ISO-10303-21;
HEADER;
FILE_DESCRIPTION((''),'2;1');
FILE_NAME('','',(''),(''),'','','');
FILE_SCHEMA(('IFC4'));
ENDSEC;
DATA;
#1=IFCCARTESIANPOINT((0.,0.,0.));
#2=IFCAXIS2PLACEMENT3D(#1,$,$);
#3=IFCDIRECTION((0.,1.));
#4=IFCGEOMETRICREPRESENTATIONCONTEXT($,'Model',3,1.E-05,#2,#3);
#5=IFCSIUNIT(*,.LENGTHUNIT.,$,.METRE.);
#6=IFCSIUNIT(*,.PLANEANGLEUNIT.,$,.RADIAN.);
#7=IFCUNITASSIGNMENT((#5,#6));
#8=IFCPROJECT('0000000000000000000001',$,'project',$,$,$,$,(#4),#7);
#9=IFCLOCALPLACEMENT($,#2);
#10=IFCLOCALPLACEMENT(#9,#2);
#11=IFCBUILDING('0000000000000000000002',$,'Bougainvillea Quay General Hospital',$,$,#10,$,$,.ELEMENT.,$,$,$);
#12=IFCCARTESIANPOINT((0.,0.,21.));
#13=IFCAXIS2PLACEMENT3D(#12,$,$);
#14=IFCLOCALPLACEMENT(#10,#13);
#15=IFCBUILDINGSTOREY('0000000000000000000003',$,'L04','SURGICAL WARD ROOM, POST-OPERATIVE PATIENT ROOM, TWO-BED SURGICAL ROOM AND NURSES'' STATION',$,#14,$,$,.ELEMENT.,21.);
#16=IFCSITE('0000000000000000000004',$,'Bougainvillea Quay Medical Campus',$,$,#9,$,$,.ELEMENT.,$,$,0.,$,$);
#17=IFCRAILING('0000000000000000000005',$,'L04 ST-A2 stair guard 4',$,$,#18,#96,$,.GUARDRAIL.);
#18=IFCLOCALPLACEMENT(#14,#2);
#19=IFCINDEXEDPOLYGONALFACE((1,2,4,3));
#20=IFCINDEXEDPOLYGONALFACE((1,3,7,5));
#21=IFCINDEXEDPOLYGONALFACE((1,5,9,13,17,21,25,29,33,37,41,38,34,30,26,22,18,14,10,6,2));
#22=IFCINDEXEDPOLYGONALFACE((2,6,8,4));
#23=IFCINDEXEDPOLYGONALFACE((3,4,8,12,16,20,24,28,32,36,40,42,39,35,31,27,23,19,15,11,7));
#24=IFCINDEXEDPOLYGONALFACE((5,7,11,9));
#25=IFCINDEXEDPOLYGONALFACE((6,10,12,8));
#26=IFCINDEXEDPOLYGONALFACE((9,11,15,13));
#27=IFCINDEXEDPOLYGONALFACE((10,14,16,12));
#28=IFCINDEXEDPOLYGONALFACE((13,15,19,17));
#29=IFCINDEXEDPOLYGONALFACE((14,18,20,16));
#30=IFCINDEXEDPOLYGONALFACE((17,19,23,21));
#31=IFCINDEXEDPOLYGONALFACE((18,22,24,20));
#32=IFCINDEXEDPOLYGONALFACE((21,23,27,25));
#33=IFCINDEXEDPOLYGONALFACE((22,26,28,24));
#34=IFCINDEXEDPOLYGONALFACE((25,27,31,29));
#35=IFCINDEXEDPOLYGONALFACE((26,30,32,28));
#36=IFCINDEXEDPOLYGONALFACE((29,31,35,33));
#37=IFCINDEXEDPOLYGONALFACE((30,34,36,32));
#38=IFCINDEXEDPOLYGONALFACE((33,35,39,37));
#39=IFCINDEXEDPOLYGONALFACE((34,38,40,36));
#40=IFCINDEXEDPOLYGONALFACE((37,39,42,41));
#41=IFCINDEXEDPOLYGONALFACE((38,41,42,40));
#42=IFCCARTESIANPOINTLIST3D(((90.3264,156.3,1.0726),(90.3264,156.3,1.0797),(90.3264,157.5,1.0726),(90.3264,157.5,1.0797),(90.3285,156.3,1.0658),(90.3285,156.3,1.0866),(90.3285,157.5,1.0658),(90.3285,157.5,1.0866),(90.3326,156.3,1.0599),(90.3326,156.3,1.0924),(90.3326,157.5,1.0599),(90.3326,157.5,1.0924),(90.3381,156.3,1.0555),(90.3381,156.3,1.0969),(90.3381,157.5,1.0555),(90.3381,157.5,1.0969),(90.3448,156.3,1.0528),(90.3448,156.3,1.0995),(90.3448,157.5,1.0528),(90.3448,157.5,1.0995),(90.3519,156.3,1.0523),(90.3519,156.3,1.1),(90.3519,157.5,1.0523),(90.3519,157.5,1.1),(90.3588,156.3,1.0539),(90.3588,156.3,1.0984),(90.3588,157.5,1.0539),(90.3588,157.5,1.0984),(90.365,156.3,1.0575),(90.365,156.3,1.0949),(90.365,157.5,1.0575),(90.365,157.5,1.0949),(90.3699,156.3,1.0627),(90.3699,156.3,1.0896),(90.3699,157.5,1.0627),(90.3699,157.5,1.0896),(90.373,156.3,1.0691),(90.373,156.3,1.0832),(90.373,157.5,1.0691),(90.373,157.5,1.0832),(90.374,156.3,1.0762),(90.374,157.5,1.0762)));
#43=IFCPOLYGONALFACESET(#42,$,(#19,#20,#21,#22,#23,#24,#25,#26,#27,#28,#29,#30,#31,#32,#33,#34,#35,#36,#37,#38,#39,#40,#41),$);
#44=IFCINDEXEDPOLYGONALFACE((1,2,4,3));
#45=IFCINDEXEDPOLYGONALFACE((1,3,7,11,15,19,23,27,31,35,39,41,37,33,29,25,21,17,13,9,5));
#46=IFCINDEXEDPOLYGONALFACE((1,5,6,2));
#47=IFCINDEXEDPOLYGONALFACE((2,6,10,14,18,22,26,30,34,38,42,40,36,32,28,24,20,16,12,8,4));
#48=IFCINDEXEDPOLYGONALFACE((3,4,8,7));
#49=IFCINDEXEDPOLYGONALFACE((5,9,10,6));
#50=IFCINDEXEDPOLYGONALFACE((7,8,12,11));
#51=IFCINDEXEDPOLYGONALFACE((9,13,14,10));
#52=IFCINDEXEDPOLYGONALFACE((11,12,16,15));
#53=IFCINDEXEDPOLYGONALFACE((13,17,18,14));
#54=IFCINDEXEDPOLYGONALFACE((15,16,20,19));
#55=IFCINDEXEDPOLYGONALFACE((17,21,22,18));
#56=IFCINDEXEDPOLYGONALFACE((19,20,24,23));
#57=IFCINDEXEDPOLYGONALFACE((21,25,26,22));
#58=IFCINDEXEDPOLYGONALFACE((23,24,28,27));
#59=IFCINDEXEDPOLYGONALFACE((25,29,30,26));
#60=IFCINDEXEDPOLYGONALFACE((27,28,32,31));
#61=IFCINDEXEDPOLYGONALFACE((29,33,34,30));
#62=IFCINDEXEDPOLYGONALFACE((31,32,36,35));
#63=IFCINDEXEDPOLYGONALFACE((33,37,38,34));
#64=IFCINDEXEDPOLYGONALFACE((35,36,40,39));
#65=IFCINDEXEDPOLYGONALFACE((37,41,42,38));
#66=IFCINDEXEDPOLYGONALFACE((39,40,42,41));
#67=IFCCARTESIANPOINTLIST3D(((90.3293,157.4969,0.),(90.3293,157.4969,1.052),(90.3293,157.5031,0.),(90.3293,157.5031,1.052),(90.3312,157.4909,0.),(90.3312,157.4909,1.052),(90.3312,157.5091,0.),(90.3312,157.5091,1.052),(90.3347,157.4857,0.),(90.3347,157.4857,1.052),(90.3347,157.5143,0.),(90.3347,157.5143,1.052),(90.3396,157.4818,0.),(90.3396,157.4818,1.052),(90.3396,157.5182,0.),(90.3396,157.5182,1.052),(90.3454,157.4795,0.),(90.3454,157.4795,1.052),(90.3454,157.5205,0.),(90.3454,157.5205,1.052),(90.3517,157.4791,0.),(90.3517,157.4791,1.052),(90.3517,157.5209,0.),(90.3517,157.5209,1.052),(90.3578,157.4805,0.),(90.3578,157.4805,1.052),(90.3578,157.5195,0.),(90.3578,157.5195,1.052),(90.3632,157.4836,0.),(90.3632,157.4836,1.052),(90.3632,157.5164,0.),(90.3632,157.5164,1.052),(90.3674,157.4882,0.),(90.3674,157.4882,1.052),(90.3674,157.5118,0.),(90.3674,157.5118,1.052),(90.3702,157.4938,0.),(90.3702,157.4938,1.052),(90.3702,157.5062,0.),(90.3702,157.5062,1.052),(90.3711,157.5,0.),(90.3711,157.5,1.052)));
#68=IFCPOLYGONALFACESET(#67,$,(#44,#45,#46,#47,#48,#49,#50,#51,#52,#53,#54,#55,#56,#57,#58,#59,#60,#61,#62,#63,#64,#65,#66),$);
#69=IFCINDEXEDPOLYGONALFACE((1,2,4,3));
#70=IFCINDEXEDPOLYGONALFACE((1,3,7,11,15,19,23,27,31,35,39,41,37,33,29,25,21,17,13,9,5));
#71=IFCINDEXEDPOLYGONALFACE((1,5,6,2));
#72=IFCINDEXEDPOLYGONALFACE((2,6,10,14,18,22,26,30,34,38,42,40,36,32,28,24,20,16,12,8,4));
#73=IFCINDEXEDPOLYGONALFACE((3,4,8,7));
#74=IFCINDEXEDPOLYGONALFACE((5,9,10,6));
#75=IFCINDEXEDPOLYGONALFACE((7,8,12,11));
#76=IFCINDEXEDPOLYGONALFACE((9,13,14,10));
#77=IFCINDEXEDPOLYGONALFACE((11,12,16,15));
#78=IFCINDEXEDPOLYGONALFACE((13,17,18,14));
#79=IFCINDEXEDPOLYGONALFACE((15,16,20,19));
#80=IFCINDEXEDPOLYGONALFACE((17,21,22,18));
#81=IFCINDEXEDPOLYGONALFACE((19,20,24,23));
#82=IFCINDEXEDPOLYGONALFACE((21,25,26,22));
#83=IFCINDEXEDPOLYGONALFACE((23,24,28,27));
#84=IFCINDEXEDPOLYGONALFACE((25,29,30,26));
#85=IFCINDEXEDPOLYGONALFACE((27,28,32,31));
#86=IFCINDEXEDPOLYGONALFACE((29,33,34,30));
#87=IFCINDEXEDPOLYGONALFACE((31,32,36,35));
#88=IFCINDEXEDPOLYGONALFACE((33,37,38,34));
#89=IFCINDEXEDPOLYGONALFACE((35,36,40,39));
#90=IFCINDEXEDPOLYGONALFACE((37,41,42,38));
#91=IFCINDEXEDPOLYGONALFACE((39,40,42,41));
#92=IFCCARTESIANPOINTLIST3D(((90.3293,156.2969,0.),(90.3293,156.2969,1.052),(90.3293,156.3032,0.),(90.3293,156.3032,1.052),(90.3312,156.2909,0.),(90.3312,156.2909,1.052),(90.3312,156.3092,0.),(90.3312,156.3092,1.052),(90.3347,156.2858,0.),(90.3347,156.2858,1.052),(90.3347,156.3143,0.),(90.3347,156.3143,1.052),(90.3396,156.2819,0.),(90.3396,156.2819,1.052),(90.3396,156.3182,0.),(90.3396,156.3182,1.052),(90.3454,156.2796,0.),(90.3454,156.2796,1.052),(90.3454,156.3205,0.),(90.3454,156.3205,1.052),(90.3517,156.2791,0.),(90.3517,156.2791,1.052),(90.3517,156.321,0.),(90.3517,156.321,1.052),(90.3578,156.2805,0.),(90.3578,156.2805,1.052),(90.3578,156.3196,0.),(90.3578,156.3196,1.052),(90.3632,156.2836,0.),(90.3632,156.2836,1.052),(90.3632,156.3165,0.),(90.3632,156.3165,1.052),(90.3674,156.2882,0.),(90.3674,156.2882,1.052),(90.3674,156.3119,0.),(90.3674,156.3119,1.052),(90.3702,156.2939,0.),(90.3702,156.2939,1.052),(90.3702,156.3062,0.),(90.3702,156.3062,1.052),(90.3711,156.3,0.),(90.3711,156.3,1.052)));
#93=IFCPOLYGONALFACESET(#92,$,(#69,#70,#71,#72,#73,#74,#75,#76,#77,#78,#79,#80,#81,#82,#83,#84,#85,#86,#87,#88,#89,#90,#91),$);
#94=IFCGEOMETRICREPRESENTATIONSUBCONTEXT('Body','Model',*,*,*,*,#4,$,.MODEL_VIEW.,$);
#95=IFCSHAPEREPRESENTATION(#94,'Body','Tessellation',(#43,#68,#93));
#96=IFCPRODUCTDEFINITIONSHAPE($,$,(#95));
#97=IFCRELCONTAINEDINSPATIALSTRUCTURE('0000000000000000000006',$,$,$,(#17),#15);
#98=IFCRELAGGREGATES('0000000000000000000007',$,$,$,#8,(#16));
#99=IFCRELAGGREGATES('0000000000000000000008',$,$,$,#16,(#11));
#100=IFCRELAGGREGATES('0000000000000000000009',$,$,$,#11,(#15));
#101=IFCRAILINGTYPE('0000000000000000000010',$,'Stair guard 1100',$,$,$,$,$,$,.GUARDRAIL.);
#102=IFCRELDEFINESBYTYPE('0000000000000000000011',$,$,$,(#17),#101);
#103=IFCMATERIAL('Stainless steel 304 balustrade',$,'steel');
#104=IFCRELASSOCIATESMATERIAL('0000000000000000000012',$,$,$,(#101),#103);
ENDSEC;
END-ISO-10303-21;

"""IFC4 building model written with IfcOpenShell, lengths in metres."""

from ifc_helpers import new_model, si_unit, direction, frame, origin, origin_2d, place, context, subcontext, project, spatial, circle, extrude, material, type_object, element, save


model = new_model("IFC4")

# Units and contexts
model_context = context("Model", 3, precision=1e-05, world=origin(), true_north=direction((0.0, 1.0)))
body_context = subcontext(model_context, "Body", "Model", "MODEL_VIEW")
ifc_project = project(units=[si_unit("LENGTHUNIT", "METRE"), si_unit("PLANEANGLEUNIT", "RADIAN")], contexts=[model_context])

# Site, building, storey
site_placement = place(None, origin())
site = spatial("IfcSite", under=ifc_project, at=site_placement, Name="Bougainvillea Quay Medical Campus", CompositionType="ELEMENT", RefElevation=0.0)
building_placement = place(site_placement, origin())
building = spatial("IfcBuilding", under=site, at=building_placement, Name="Bougainvillea Quay General Hospital", CompositionType="ELEMENT")
storey_placement = place(building_placement, frame((0.0, 0.0, 21.0)))
storey = spatial("IfcBuildingStorey", under=building, at=storey_placement, Name="L04", Description="SURGICAL WARD ROOM, POST-OPERATIVE PATIENT ROOM, TWO-BED SURGICAL ROOM AND NURSES' STATION", CompositionType="ELEMENT", Elevation=21.0)

# Railing
ifc_material_1 = material(Name="Stainless steel 304 balustrade", Category="steel")
railing_type_1 = type_object("IfcRailingType", Name="Stair guard 1100", PredefinedType="GUARDRAIL", material=ifc_material_1)
railing_1_placement = place(storey_placement, frame((90.3501, 157.5, 0.0)))
element("IfcRailing", 1, at=railing_1_placement, inside=storey, type_object=railing_type_1, Name="L04 ST-A2 stair guard 4", PredefinedType="GUARDRAIL", context=body_context, shape_type="SweptSolid", body=[
    extrude(circle(Radius=0.0239, at=origin_2d()), frame((0.0, 0.0, 1.0762), z_axis=(0.0, -1.0, 0.0), x_axis=(1.0, 0.0, 0.0)), (0.0, 0.0, 1.0), 1.2),
    extrude(circle(Radius=0.021, at=origin_2d()), origin(), (0.0, 0.0, 1.0), 1.052),
    extrude(circle(Radius=0.021, at=origin_2d()), frame((0.0, -1.2, 0.0)), (0.0, 0.0, 1.0), 1.052),
])

save(model, "model.ifc")
